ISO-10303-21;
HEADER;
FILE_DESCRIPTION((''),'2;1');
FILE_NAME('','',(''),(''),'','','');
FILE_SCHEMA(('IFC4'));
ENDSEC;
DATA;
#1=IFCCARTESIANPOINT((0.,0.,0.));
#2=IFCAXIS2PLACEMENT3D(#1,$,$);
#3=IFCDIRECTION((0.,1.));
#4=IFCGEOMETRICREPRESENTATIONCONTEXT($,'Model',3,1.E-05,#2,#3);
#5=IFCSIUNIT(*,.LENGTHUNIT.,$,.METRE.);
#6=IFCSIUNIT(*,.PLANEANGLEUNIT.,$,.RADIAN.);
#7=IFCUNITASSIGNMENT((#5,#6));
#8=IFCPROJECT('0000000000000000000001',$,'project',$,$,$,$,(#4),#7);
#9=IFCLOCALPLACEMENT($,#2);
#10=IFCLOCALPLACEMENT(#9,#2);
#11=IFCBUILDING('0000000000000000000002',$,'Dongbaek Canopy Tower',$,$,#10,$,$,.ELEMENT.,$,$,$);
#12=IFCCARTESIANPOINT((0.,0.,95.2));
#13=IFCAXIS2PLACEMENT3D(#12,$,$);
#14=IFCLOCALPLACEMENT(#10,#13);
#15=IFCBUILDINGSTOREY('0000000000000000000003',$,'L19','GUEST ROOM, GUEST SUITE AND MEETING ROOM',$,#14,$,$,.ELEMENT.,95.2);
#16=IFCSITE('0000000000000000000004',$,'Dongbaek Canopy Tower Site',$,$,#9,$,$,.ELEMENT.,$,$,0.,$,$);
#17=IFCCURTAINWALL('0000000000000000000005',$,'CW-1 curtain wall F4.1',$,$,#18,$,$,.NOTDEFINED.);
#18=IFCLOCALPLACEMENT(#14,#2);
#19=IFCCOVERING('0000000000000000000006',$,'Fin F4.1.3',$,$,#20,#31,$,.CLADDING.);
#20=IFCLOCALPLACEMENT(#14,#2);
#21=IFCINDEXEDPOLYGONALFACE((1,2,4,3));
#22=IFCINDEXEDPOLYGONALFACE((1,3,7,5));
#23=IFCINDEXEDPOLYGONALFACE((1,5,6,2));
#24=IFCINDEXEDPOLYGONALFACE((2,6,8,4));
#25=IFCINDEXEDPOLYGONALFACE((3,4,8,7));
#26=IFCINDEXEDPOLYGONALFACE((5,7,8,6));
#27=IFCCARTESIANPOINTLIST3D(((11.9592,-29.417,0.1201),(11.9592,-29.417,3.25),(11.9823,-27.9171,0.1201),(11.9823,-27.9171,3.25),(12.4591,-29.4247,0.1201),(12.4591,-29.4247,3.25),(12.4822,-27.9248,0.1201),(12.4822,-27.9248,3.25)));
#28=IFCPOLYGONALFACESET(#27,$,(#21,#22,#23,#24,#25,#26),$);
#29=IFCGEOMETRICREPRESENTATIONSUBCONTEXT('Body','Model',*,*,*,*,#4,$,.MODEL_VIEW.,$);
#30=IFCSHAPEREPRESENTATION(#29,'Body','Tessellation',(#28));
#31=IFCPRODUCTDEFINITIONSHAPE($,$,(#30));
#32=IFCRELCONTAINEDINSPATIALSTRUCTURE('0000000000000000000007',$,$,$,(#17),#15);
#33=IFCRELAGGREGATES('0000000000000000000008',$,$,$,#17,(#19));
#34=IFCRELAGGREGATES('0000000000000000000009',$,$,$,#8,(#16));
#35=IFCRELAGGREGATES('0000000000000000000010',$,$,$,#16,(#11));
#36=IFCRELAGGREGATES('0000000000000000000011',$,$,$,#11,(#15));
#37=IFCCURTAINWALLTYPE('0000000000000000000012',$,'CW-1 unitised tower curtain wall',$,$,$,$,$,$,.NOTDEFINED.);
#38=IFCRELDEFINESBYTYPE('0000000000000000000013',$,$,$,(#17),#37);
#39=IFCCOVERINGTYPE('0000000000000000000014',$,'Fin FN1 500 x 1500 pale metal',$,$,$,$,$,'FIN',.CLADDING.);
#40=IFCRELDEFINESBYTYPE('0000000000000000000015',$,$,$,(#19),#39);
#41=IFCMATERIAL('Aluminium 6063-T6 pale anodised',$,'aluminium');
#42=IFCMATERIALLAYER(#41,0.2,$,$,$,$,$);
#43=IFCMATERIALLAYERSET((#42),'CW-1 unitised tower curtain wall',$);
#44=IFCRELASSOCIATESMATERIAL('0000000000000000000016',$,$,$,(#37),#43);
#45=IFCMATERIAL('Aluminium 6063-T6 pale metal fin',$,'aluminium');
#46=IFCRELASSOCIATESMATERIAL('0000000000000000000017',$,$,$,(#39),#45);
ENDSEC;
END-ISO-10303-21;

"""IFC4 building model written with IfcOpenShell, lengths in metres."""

from ifc_helpers import new_model, si_unit, direction, frame, origin, origin_2d, place, context, subcontext, project, spatial, rectangle, extrude, material, layer, layer_set, material_profile, profile_set, type_object, element, aggregate, save


model = new_model("IFC4")

# Units and contexts
model_context = context("Model", 3, precision=1e-05, world=origin(), true_north=direction((0.0, 1.0)))
body_context = subcontext(model_context, "Body", "Model", "MODEL_VIEW")
ifc_project = project(units=[si_unit("LENGTHUNIT", "METRE"), si_unit("PLANEANGLEUNIT", "RADIAN")], contexts=[model_context])

# Site, building, storey
site_placement = place(None, origin())
site = spatial("IfcSite", under=ifc_project, at=site_placement, Name="Dongbaek Canopy Tower Site", CompositionType="ELEMENT", RefElevation=0.0)
building_placement = place(site_placement, origin())
building = spatial("IfcBuilding", under=site, at=building_placement, Name="Dongbaek Canopy Tower", CompositionType="ELEMENT")
storey_placement = place(building_placement, frame((0.0, 0.0, 95.2)))
storey = spatial("IfcBuildingStorey", under=building, at=storey_placement, Name="L19", Description="GUEST ROOM, GUEST SUITE AND MEETING ROOM", CompositionType="ELEMENT", Elevation=95.2)

# Curtain wall
ifc_material_1 = material(Name="Aluminium 6063-T6 pale anodised", Category="aluminium")
ifc_layer_1 = layer(ifc_material_1, 0.2)
ifc_layer_set_1 = layer_set([ifc_layer_1], Name="CW-1 unitised tower curtain wall")
curtain_wall_type = type_object("IfcCurtainWallType", Name="CW-1 unitised tower curtain wall", PredefinedType="NOTDEFINED", material=ifc_layer_set_1)
curtain_wall_placement = place(storey_placement, origin())
curtain_wall = element("IfcCurtainWall", 1, at=curtain_wall_placement, inside=storey, type_object=curtain_wall_type, Name="CW-1 curtain wall F4.1", PredefinedType="NOTDEFINED")

# Covering
ifc_material_2 = material(Name="Aluminium 6063-T6 pale metal fin", Category="aluminium")
ifc_material_profile_1 = material_profile(ifc_material_2, rectangle(XDim=1.5, YDim=0.5, at=origin_2d()), Name="Fin FN1 500 x 1500 pale metal")
ifc_profile_set_1 = profile_set([ifc_material_profile_1], Name="Aluminium 6063-T6 pale metal fin")
covering_type_1 = type_object("IfcCoveringType", Name="Fin FN1 500 x 1500 pale metal", ElementType="FIN", PredefinedType="CLADDING", material=ifc_profile_set_1)
covering_1_placement = place(storey_placement, frame((12.2207, -28.6709, 0.1201), z_axis=(0.0, 0.0, 1.0), x_axis=(-0.015413, -0.999881, 0.0)))
covering_1 = element("IfcCovering", 2, at=covering_1_placement, type_object=covering_type_1, Name="Fin F4.1.3", PredefinedType="CLADDING", context=body_context, shape_type="SweptSolid", body=[
    extrude(rectangle(XDim=1.5, YDim=0.5, at=origin_2d()), origin(), (0.0, 0.0, 1.0), 3.1299),
])
aggregate(curtain_wall, [covering_1])

save(model, "model.ifc")
